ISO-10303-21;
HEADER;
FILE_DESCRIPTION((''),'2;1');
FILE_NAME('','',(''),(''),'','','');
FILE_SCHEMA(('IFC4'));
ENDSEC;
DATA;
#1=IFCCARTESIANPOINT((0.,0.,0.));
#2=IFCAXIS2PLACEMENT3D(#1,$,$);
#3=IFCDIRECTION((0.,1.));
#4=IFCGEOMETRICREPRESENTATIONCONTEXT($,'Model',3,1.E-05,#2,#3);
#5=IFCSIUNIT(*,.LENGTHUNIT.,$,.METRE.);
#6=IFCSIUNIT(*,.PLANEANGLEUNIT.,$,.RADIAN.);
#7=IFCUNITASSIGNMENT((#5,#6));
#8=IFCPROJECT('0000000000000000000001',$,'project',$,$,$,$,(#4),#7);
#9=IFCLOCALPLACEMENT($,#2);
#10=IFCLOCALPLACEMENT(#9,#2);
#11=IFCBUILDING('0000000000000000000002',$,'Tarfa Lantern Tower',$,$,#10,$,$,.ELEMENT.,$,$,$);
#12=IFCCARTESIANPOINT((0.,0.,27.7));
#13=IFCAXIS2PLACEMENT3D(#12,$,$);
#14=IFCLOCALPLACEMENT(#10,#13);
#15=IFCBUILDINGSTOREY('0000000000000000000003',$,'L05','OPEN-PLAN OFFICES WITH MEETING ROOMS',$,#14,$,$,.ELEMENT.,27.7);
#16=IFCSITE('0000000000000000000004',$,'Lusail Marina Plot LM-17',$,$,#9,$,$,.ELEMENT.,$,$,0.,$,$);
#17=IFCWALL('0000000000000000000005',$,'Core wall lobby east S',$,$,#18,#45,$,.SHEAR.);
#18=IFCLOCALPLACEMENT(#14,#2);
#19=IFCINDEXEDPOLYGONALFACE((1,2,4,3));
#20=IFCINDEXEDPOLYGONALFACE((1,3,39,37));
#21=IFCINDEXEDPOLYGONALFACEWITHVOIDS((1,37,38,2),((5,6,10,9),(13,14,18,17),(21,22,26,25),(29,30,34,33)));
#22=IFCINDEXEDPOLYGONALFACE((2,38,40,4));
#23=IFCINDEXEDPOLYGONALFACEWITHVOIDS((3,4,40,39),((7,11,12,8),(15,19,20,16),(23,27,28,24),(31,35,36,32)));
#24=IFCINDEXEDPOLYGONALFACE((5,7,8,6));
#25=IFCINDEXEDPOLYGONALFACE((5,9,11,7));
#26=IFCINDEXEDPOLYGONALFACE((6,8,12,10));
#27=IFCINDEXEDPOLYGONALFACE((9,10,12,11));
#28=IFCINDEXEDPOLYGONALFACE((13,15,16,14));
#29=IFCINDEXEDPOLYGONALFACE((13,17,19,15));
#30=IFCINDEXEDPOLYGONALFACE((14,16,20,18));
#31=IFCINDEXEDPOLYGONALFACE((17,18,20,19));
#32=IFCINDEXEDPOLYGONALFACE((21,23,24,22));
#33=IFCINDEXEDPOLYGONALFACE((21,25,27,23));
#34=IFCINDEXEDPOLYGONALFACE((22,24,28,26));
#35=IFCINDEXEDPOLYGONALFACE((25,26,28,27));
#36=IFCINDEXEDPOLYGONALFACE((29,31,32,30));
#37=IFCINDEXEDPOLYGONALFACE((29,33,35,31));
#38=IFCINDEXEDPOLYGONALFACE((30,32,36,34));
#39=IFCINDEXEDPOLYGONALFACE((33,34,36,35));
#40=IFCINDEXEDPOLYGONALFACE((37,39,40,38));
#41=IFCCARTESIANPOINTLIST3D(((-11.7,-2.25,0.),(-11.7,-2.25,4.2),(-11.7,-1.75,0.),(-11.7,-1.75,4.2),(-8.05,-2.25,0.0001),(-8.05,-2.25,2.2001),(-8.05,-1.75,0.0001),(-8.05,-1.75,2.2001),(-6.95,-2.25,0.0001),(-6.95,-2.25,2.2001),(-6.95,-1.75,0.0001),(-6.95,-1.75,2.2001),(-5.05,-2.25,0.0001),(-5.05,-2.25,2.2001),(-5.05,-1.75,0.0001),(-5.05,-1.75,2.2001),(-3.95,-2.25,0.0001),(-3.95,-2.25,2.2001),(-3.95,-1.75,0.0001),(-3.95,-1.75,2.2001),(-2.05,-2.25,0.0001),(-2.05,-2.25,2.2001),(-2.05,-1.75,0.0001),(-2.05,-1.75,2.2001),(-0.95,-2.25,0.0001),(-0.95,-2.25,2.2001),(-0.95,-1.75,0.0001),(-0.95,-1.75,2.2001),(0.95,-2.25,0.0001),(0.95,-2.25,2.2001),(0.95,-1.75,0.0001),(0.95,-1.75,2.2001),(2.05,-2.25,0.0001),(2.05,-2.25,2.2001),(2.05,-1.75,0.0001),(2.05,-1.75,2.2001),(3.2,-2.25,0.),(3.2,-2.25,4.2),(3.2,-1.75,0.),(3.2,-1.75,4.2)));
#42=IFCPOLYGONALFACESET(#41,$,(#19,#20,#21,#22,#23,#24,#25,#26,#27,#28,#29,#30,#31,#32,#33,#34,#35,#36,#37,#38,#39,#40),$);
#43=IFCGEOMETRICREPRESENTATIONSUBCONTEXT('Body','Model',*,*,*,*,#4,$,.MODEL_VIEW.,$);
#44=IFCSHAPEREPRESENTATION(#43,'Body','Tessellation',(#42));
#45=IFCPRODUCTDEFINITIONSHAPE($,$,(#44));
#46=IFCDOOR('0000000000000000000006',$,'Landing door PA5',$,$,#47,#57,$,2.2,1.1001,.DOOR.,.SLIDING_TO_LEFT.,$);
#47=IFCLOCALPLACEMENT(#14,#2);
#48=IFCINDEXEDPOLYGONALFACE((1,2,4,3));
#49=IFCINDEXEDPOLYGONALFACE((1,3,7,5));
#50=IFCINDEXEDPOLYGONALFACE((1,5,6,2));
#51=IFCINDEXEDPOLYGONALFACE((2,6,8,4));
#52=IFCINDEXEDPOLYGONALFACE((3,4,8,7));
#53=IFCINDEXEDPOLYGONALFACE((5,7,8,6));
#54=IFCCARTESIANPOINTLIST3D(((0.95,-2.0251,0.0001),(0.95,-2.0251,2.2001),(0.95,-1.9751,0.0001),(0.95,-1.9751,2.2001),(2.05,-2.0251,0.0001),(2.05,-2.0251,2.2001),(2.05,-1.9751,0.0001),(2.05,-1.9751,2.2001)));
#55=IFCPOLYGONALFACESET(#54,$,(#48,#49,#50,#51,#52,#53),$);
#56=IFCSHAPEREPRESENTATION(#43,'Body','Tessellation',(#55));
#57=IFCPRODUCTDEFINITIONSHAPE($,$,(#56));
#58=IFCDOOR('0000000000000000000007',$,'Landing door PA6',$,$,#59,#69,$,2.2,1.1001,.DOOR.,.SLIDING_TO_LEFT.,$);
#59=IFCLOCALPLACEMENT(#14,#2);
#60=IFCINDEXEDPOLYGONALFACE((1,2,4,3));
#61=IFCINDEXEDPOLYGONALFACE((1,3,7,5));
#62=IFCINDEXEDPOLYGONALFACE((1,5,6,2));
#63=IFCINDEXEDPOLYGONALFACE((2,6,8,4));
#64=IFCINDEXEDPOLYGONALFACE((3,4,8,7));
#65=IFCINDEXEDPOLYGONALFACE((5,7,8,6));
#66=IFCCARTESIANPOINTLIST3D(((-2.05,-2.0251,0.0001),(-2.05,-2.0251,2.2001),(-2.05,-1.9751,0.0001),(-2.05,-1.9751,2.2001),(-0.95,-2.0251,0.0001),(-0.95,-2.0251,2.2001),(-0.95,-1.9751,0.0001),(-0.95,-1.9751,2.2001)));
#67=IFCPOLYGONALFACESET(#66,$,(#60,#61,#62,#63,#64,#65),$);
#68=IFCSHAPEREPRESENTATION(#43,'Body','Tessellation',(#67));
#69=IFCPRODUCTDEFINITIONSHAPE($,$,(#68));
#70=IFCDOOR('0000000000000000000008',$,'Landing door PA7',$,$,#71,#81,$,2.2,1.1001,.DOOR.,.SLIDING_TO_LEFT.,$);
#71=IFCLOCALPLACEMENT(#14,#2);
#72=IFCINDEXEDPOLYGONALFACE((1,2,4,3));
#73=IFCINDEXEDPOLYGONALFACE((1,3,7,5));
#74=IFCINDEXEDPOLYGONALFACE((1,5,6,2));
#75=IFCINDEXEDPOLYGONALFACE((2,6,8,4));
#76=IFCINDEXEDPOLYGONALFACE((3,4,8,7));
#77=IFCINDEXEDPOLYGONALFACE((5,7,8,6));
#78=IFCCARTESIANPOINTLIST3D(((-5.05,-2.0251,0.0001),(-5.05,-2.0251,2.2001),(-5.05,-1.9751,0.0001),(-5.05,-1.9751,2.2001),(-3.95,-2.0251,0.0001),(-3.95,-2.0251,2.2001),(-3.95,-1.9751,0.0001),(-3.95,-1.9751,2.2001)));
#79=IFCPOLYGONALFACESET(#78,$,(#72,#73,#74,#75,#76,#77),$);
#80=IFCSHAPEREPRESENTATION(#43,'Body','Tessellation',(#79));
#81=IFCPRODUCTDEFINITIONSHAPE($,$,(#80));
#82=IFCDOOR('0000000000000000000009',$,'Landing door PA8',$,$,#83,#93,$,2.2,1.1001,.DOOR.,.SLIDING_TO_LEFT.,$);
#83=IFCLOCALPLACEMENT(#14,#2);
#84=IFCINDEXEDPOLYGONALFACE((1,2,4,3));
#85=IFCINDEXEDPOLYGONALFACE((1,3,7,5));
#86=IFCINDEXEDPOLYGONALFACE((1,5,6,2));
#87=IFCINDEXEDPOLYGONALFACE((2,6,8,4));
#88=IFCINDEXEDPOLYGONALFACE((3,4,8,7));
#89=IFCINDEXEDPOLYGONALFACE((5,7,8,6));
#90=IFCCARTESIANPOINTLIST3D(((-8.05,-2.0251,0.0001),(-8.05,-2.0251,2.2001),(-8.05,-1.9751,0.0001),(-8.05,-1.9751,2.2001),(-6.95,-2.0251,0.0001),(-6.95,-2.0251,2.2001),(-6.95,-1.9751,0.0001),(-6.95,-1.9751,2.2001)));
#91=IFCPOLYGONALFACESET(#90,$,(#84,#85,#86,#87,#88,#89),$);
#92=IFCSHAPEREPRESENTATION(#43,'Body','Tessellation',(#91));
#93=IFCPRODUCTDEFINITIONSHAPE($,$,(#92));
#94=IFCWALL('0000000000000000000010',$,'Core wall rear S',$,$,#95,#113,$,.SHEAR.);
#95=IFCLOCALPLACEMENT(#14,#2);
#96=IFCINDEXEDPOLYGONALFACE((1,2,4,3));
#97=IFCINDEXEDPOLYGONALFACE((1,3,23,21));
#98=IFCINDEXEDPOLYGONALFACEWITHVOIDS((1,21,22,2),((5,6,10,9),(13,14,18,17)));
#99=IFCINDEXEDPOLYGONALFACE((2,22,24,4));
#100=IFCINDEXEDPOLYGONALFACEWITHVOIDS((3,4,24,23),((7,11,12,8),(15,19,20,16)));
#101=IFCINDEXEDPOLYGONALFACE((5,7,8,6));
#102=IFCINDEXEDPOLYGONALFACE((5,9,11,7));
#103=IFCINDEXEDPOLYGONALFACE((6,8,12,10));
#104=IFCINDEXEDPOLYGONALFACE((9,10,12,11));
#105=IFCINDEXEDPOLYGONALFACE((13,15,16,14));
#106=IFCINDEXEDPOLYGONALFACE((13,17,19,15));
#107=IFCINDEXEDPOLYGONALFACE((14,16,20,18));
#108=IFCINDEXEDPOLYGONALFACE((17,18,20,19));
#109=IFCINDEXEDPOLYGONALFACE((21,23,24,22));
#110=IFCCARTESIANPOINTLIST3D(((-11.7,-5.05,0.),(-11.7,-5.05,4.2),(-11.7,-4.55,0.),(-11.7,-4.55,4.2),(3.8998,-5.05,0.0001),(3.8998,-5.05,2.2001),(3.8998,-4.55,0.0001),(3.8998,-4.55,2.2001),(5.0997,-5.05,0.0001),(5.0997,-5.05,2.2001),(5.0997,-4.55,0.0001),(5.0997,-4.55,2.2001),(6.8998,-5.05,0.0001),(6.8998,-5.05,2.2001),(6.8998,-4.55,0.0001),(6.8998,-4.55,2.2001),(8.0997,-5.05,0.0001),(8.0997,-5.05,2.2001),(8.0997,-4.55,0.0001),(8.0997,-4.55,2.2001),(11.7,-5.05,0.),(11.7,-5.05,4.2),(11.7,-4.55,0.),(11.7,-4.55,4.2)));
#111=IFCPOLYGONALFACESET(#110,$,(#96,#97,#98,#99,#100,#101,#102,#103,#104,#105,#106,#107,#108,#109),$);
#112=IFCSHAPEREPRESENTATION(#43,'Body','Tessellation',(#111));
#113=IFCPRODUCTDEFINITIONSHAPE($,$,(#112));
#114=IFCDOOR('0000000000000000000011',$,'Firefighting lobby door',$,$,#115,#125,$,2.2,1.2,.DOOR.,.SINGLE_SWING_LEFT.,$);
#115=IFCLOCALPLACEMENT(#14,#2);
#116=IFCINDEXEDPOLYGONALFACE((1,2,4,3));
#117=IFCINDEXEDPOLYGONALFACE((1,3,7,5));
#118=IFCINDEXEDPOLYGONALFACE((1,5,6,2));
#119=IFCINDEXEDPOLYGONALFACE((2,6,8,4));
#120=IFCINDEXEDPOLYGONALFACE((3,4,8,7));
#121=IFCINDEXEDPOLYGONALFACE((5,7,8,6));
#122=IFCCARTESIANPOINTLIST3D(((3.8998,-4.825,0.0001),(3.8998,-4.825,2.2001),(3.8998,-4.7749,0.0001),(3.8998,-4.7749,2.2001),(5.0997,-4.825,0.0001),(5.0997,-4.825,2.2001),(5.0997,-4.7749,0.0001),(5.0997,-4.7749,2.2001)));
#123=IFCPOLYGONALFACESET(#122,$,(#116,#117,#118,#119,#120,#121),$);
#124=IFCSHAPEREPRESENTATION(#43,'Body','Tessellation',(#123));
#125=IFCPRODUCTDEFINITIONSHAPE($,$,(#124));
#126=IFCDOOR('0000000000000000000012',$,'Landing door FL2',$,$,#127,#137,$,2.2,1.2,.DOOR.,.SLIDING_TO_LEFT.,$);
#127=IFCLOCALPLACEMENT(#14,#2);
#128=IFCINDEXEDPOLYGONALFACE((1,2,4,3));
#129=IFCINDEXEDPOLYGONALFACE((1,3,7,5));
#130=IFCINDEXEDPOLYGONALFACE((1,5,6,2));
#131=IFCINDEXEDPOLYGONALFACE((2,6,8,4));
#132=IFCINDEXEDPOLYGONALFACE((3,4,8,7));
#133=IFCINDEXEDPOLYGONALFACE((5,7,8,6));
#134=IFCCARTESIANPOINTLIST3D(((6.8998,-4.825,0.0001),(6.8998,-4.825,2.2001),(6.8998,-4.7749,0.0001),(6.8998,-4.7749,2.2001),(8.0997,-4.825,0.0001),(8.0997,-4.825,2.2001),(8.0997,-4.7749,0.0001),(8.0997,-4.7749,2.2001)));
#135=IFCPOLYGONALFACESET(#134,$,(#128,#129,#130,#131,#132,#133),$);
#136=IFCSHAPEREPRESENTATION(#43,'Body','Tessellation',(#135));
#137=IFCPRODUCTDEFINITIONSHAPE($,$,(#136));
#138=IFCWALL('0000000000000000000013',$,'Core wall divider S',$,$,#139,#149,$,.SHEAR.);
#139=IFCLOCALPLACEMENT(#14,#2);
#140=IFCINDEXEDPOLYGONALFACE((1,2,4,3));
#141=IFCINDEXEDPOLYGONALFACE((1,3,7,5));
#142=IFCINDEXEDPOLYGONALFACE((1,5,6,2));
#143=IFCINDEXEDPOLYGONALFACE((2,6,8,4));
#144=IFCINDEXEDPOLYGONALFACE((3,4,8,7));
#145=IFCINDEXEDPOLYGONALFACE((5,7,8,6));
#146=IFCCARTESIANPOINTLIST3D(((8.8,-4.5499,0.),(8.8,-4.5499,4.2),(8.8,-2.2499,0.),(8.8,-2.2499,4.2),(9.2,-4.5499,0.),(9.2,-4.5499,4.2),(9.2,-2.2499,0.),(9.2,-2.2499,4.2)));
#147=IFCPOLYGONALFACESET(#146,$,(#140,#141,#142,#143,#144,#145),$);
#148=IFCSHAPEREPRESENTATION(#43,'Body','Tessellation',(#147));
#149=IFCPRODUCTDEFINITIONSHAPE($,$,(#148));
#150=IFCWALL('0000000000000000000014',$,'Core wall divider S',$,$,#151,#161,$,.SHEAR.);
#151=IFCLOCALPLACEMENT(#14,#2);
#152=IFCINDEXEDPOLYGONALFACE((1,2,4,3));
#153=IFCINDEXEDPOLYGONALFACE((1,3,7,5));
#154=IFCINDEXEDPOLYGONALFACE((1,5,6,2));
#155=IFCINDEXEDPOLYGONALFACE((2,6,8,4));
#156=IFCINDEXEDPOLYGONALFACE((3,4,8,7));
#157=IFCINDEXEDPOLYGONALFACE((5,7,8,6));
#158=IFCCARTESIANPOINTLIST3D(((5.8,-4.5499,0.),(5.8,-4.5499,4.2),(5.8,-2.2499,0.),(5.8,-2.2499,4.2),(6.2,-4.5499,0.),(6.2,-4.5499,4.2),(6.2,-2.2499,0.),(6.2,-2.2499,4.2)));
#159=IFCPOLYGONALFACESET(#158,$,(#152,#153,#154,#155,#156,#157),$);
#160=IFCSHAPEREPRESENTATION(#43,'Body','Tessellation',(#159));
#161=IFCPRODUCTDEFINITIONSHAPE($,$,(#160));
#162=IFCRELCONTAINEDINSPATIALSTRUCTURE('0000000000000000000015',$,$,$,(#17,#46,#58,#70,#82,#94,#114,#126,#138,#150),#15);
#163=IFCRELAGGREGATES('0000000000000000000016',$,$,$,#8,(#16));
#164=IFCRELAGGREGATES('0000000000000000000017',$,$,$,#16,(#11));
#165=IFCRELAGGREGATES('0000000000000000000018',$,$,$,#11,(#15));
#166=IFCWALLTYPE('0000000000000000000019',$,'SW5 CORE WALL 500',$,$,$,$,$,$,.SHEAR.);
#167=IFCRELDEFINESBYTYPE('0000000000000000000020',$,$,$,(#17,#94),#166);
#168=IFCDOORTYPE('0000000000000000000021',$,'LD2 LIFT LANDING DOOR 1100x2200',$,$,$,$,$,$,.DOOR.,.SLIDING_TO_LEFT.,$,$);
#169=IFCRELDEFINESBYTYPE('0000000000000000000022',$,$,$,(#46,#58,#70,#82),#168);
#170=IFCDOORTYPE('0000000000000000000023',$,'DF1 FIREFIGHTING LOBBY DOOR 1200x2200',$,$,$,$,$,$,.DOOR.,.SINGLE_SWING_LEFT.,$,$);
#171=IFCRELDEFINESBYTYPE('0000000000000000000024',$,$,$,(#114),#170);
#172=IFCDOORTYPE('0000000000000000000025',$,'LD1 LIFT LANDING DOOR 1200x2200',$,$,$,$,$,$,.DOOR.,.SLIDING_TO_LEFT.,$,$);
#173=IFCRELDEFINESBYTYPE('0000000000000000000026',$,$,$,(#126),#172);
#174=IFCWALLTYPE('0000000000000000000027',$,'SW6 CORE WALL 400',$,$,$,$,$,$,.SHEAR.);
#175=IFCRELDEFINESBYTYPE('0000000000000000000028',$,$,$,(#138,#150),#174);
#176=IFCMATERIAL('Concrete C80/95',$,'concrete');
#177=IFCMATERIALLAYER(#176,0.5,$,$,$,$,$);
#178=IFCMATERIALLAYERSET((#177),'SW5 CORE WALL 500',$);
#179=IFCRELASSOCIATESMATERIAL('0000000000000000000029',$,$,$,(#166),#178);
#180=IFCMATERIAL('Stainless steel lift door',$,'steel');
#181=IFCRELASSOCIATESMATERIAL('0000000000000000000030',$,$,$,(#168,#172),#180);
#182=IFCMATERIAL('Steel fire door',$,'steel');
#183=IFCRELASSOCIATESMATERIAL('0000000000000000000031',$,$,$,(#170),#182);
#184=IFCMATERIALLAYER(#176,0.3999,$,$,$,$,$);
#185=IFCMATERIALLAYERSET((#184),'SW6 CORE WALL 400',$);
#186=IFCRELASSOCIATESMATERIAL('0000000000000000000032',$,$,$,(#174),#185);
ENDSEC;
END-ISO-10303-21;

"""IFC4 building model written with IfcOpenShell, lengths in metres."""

from ifc_helpers import new_model, si_unit, direction, frame, frame_2d, origin, place, context, subcontext, project, spatial, rectangle, extrude, material, layer, layer_set, type_object, element, fill, save


model = new_model("IFC4")

# Units and contexts
model_context = context("Model", 3, precision=1e-05, world=origin(), true_north=direction((0.0, 1.0)))
body_context = subcontext(model_context, "Body", "Model", "MODEL_VIEW")
ifc_project = project(units=[si_unit("LENGTHUNIT", "METRE"), si_unit("PLANEANGLEUNIT", "RADIAN")], contexts=[model_context])

# Site, building, storey
site_placement = place(None, origin())
site = spatial("IfcSite", under=ifc_project, at=site_placement, Name="Lusail Marina Plot LM-17", CompositionType="ELEMENT", RefElevation=0.0)
building_placement = place(site_placement, origin())
building = spatial("IfcBuilding", under=site, at=building_placement, Name="Tarfa Lantern Tower", CompositionType="ELEMENT")
storey_placement = place(building_placement, frame((0.0, 0.0, 27.7)))
storey = spatial("IfcBuildingStorey", under=building, at=storey_placement, Name="L05", Description="OPEN-PLAN OFFICES WITH MEETING ROOMS", CompositionType="ELEMENT", Elevation=27.7)

# Shared definitions
ifc_material_1 = material(Name="Concrete C80/95", Category="concrete")

# Shared definitions
ifc_material_2 = material(Name="Steel fire door", Category="steel")

# Shared definitions
ifc_layer_1 = layer(ifc_material_1, 0.5)
ifc_layer_set_1 = layer_set([ifc_layer_1], Name="SW5 CORE WALL 500")
wall_type_1 = type_object("IfcWallType", Name="SW5 CORE WALL 500", PredefinedType="SHEAR", material=ifc_layer_set_1)

# Walls, openings, doors
wall_1_placement = place(storey_placement, frame((3.2, -2.0, 0.0), z_axis=(0.0, 0.0, 1.0), x_axis=(-1.0, 0.0, 0.0)))
wall_1 = element("IfcWall", 1, at=wall_1_placement, inside=storey, type_object=wall_type_1, Name="Core wall lobby east S", PredefinedType="SHEAR", context=body_context, shape_type="SweptSolid", body=[
    extrude(rectangle(XDim=14.8999, YDim=0.5, at=frame_2d((7.45, 0.0))), origin(), (0.0, 0.0, 1.0), 4.2),
])
opening_1_placement = place(wall_1_placement, frame((1.1499, 0.0, 0.0)))
opening_1 = element("IfcOpeningElement", 2, at=opening_1_placement, cuts=wall_1, PredefinedType="OPENING", context=body_context, shape_type="SweptSolid", body=[
    extrude(rectangle(XDim=1.1001, YDim=2.2, at=frame_2d((0.55, 1.1001))), frame((0.0, 0.26, 0.0), z_axis=(0.0, -1.0, 0.0), x_axis=(1.0, 0.0, 0.0)), (0.0, 0.0, 1.0), 0.52),
])
opening_2_placement = place(wall_1_placement, frame((4.1499, 0.0, 0.0)))
opening_2 = element("IfcOpeningElement", 3, at=opening_2_placement, cuts=wall_1, PredefinedType="OPENING", context=body_context, shape_type="SweptSolid", body=[
    extrude(rectangle(XDim=1.1001, YDim=2.2, at=frame_2d((0.55, 1.1001))), frame((0.0, 0.26, 0.0), z_axis=(0.0, -1.0, 0.0), x_axis=(1.0, 0.0, 0.0)), (0.0, 0.0, 1.0), 0.52),
])
opening_3_placement = place(wall_1_placement, frame((7.1499, 0.0, 0.0)))
opening_3 = element("IfcOpeningElement", 4, at=opening_3_placement, cuts=wall_1, PredefinedType="OPENING", context=body_context, shape_type="SweptSolid", body=[
    extrude(rectangle(XDim=1.1001, YDim=2.2, at=frame_2d((0.55, 1.1001))), frame((0.0, 0.26, 0.0), z_axis=(0.0, -1.0, 0.0), x_axis=(1.0, 0.0, 0.0)), (0.0, 0.0, 1.0), 0.52),
])
opening_4_placement = place(wall_1_placement, frame((10.1499, 0.0, 0.0)))
opening_4 = element("IfcOpeningElement", 5, at=opening_4_placement, cuts=wall_1, PredefinedType="OPENING", context=body_context, shape_type="SweptSolid", body=[
    extrude(rectangle(XDim=1.1001, YDim=2.2, at=frame_2d((0.55, 1.1001))), frame((0.0, 0.26, 0.0), z_axis=(0.0, -1.0, 0.0), x_axis=(1.0, 0.0, 0.0)), (0.0, 0.0, 1.0), 0.52),
])
ifc_material_3 = material(Name="Stainless steel lift door", Category="steel")
door_type_1 = type_object("IfcDoorType", Name="LD2 LIFT LANDING DOOR 1100x2200", OperationType="SLIDING_TO_LEFT", PredefinedType="DOOR", material=ifc_material_3)
door_1_placement = place(opening_1_placement, frame((1.1001, 0.0, 0.0), z_axis=(0.0, 0.0, 1.0), x_axis=(-1.0, 0.0, 0.0)))
door_1 = element("IfcDoor", 6, at=door_1_placement, inside=storey, type_object=door_type_1, Name="Landing door PA5", OperationType="SLIDING_TO_LEFT", OverallHeight=2.2, OverallWidth=1.1001, PredefinedType="DOOR", context=body_context, shape_type="SweptSolid", body=[
    extrude(rectangle(XDim=1.1001, YDim=2.2, at=frame_2d((0.55, 1.1001))), frame((0.0, 0.0249, 0.0), z_axis=(0.0, -1.0, 0.0), x_axis=(1.0, 0.0, 0.0)), (0.0, 0.0, 1.0), 0.05),
])
fill(opening_1, door_1)
door_2_placement = place(opening_2_placement, frame((1.1001, 0.0, 0.0), z_axis=(0.0, 0.0, 1.0), x_axis=(-1.0, 0.0, 0.0)))
door_2 = element("IfcDoor", 7, at=door_2_placement, inside=storey, type_object=door_type_1, Name="Landing door PA6", OperationType="SLIDING_TO_LEFT", OverallHeight=2.2, OverallWidth=1.1001, PredefinedType="DOOR", context=body_context, shape_type="SweptSolid", body=[
    extrude(rectangle(XDim=1.1001, YDim=2.2, at=frame_2d((0.55, 1.1001))), frame((0.0, 0.0249, 0.0), z_axis=(0.0, -1.0, 0.0), x_axis=(1.0, 0.0, 0.0)), (0.0, 0.0, 1.0), 0.05),
])
fill(opening_2, door_2)
door_3_placement = place(opening_3_placement, frame((1.1001, 0.0, 0.0), z_axis=(0.0, 0.0, 1.0), x_axis=(-1.0, 0.0, 0.0)))
door_3 = element("IfcDoor", 8, at=door_3_placement, inside=storey, type_object=door_type_1, Name="Landing door PA7", OperationType="SLIDING_TO_LEFT", OverallHeight=2.2, OverallWidth=1.1001, PredefinedType="DOOR", context=body_context, shape_type="SweptSolid", body=[
    extrude(rectangle(XDim=1.1001, YDim=2.2, at=frame_2d((0.55, 1.1001))), frame((0.0, 0.0249, 0.0), z_axis=(0.0, -1.0, 0.0), x_axis=(1.0, 0.0, 0.0)), (0.0, 0.0, 1.0), 0.05),
])
fill(opening_3, door_3)
door_4_placement = place(opening_4_placement, frame((1.1001, 0.0, 0.0), z_axis=(0.0, 0.0, 1.0), x_axis=(-1.0, 0.0, 0.0)))
door_4 = element("IfcDoor", 9, at=door_4_placement, inside=storey, type_object=door_type_1, Name="Landing door PA8", OperationType="SLIDING_TO_LEFT", OverallHeight=2.2, OverallWidth=1.1001, PredefinedType="DOOR", context=body_context, shape_type="SweptSolid", body=[
    extrude(rectangle(XDim=1.1001, YDim=2.2, at=frame_2d((0.55, 1.1001))), frame((0.0, 0.0249, 0.0), z_axis=(0.0, -1.0, 0.0), x_axis=(1.0, 0.0, 0.0)), (0.0, 0.0, 1.0), 0.05),
])
fill(opening_4, door_4)
wall_2_placement = place(storey_placement, frame((11.7, -4.8, 0.0), z_axis=(0.0, 0.0, 1.0), x_axis=(-1.0, 0.0, 0.0)))
wall_2 = element("IfcWall", 10, at=wall_2_placement, inside=storey, type_object=wall_type_1, Name="Core wall rear S", PredefinedType="SHEAR", context=body_context, shape_type="SweptSolid", body=[
    extrude(rectangle(XDim=23.3999, YDim=0.5, at=frame_2d((11.7, 0.0))), origin(), (0.0, 0.0, 1.0), 4.2),
])
opening_5_placement = place(wall_2_placement, frame((6.6001, 0.0, 0.0)))
opening_5 = element("IfcOpeningElement", 11, at=opening_5_placement, cuts=wall_2, PredefinedType="OPENING", context=body_context, shape_type="SweptSolid", body=[
    extrude(rectangle(XDim=1.2, YDim=2.2, at=frame_2d((0.6001, 1.1001))), frame((0.0, 0.26, 0.0), z_axis=(0.0, -1.0, 0.0), x_axis=(1.0, 0.0, 0.0)), (0.0, 0.0, 1.0), 0.52),
])
opening_6_placement = place(wall_2_placement, frame((3.6001, 0.0, 0.0)))
opening_6 = element("IfcOpeningElement", 12, at=opening_6_placement, cuts=wall_2, PredefinedType="OPENING", context=body_context, shape_type="SweptSolid", body=[
    extrude(rectangle(XDim=1.2, YDim=2.2, at=frame_2d((0.6001, 1.1001))), frame((0.0, 0.26, 0.0), z_axis=(0.0, -1.0, 0.0), x_axis=(1.0, 0.0, 0.0)), (0.0, 0.0, 1.0), 0.52),
])
door_type_2 = type_object("IfcDoorType", Name="DF1 FIREFIGHTING LOBBY DOOR 1200x2200", OperationType="SINGLE_SWING_LEFT", PredefinedType="DOOR", material=ifc_material_2)
door_5_placement = place(opening_5_placement, origin())
door_5 = element("IfcDoor", 13, at=door_5_placement, inside=storey, type_object=door_type_2, Name="Firefighting lobby door", OperationType="SINGLE_SWING_LEFT", OverallHeight=2.2, OverallWidth=1.2, PredefinedType="DOOR", context=body_context, shape_type="SweptSolid", body=[
    extrude(rectangle(XDim=1.2, YDim=2.2, at=frame_2d((0.6001, 1.1001))), frame((0.0, 0.0249, 0.0), z_axis=(0.0, -1.0, 0.0), x_axis=(1.0, 0.0, 0.0)), (0.0, 0.0, 1.0), 0.05),
])
fill(opening_5, door_5)
door_type_3 = type_object("IfcDoorType", Name="LD1 LIFT LANDING DOOR 1200x2200", OperationType="SLIDING_TO_LEFT", PredefinedType="DOOR", material=ifc_material_3)
door_6_placement = place(opening_6_placement, origin())
door_6 = element("IfcDoor", 14, at=door_6_placement, inside=storey, type_object=door_type_3, Name="Landing door FL2", OperationType="SLIDING_TO_LEFT", OverallHeight=2.2, OverallWidth=1.2, PredefinedType="DOOR", context=body_context, shape_type="SweptSolid", body=[
    extrude(rectangle(XDim=1.2, YDim=2.2, at=frame_2d((0.6001, 1.1001))), frame((0.0, 0.0249, 0.0), z_axis=(0.0, -1.0, 0.0), x_axis=(1.0, 0.0, 0.0)), (0.0, 0.0, 1.0), 0.05),
])
fill(opening_6, door_6)

# Walls
ifc_layer_2 = layer(ifc_material_1, 0.3999)
ifc_layer_set_2 = layer_set([ifc_layer_2], Name="SW6 CORE WALL 400")
wall_type_2 = type_object("IfcWallType", Name="SW6 CORE WALL 400", PredefinedType="SHEAR", material=ifc_layer_set_2)
for number, where, z_axis, x_axis, name in (
    (15, (9.0, -2.25, 0.0), (0.0, 0.0, 1.0), (0.0, -1.0, 0.0), "Core wall divider S"),
    (16, (6.0, -2.25, 0.0), (0.0, 0.0, 1.0), (0.0, -1.0, 0.0), "Core wall divider S"),
):
    element("IfcWall", number, at=place(storey_placement, frame(where, z_axis=z_axis, x_axis=x_axis)), inside=storey, type_object=wall_type_2, Name=name, PredefinedType="SHEAR", context=body_context, shape_type="SweptSolid", body=[
        extrude(rectangle(XDim=2.3, YDim=0.3999, at=frame_2d((1.1499, 0.0))), origin(), (0.0, 0.0, 1.0), 4.2),
    ])

save(model, "model.ifc")
